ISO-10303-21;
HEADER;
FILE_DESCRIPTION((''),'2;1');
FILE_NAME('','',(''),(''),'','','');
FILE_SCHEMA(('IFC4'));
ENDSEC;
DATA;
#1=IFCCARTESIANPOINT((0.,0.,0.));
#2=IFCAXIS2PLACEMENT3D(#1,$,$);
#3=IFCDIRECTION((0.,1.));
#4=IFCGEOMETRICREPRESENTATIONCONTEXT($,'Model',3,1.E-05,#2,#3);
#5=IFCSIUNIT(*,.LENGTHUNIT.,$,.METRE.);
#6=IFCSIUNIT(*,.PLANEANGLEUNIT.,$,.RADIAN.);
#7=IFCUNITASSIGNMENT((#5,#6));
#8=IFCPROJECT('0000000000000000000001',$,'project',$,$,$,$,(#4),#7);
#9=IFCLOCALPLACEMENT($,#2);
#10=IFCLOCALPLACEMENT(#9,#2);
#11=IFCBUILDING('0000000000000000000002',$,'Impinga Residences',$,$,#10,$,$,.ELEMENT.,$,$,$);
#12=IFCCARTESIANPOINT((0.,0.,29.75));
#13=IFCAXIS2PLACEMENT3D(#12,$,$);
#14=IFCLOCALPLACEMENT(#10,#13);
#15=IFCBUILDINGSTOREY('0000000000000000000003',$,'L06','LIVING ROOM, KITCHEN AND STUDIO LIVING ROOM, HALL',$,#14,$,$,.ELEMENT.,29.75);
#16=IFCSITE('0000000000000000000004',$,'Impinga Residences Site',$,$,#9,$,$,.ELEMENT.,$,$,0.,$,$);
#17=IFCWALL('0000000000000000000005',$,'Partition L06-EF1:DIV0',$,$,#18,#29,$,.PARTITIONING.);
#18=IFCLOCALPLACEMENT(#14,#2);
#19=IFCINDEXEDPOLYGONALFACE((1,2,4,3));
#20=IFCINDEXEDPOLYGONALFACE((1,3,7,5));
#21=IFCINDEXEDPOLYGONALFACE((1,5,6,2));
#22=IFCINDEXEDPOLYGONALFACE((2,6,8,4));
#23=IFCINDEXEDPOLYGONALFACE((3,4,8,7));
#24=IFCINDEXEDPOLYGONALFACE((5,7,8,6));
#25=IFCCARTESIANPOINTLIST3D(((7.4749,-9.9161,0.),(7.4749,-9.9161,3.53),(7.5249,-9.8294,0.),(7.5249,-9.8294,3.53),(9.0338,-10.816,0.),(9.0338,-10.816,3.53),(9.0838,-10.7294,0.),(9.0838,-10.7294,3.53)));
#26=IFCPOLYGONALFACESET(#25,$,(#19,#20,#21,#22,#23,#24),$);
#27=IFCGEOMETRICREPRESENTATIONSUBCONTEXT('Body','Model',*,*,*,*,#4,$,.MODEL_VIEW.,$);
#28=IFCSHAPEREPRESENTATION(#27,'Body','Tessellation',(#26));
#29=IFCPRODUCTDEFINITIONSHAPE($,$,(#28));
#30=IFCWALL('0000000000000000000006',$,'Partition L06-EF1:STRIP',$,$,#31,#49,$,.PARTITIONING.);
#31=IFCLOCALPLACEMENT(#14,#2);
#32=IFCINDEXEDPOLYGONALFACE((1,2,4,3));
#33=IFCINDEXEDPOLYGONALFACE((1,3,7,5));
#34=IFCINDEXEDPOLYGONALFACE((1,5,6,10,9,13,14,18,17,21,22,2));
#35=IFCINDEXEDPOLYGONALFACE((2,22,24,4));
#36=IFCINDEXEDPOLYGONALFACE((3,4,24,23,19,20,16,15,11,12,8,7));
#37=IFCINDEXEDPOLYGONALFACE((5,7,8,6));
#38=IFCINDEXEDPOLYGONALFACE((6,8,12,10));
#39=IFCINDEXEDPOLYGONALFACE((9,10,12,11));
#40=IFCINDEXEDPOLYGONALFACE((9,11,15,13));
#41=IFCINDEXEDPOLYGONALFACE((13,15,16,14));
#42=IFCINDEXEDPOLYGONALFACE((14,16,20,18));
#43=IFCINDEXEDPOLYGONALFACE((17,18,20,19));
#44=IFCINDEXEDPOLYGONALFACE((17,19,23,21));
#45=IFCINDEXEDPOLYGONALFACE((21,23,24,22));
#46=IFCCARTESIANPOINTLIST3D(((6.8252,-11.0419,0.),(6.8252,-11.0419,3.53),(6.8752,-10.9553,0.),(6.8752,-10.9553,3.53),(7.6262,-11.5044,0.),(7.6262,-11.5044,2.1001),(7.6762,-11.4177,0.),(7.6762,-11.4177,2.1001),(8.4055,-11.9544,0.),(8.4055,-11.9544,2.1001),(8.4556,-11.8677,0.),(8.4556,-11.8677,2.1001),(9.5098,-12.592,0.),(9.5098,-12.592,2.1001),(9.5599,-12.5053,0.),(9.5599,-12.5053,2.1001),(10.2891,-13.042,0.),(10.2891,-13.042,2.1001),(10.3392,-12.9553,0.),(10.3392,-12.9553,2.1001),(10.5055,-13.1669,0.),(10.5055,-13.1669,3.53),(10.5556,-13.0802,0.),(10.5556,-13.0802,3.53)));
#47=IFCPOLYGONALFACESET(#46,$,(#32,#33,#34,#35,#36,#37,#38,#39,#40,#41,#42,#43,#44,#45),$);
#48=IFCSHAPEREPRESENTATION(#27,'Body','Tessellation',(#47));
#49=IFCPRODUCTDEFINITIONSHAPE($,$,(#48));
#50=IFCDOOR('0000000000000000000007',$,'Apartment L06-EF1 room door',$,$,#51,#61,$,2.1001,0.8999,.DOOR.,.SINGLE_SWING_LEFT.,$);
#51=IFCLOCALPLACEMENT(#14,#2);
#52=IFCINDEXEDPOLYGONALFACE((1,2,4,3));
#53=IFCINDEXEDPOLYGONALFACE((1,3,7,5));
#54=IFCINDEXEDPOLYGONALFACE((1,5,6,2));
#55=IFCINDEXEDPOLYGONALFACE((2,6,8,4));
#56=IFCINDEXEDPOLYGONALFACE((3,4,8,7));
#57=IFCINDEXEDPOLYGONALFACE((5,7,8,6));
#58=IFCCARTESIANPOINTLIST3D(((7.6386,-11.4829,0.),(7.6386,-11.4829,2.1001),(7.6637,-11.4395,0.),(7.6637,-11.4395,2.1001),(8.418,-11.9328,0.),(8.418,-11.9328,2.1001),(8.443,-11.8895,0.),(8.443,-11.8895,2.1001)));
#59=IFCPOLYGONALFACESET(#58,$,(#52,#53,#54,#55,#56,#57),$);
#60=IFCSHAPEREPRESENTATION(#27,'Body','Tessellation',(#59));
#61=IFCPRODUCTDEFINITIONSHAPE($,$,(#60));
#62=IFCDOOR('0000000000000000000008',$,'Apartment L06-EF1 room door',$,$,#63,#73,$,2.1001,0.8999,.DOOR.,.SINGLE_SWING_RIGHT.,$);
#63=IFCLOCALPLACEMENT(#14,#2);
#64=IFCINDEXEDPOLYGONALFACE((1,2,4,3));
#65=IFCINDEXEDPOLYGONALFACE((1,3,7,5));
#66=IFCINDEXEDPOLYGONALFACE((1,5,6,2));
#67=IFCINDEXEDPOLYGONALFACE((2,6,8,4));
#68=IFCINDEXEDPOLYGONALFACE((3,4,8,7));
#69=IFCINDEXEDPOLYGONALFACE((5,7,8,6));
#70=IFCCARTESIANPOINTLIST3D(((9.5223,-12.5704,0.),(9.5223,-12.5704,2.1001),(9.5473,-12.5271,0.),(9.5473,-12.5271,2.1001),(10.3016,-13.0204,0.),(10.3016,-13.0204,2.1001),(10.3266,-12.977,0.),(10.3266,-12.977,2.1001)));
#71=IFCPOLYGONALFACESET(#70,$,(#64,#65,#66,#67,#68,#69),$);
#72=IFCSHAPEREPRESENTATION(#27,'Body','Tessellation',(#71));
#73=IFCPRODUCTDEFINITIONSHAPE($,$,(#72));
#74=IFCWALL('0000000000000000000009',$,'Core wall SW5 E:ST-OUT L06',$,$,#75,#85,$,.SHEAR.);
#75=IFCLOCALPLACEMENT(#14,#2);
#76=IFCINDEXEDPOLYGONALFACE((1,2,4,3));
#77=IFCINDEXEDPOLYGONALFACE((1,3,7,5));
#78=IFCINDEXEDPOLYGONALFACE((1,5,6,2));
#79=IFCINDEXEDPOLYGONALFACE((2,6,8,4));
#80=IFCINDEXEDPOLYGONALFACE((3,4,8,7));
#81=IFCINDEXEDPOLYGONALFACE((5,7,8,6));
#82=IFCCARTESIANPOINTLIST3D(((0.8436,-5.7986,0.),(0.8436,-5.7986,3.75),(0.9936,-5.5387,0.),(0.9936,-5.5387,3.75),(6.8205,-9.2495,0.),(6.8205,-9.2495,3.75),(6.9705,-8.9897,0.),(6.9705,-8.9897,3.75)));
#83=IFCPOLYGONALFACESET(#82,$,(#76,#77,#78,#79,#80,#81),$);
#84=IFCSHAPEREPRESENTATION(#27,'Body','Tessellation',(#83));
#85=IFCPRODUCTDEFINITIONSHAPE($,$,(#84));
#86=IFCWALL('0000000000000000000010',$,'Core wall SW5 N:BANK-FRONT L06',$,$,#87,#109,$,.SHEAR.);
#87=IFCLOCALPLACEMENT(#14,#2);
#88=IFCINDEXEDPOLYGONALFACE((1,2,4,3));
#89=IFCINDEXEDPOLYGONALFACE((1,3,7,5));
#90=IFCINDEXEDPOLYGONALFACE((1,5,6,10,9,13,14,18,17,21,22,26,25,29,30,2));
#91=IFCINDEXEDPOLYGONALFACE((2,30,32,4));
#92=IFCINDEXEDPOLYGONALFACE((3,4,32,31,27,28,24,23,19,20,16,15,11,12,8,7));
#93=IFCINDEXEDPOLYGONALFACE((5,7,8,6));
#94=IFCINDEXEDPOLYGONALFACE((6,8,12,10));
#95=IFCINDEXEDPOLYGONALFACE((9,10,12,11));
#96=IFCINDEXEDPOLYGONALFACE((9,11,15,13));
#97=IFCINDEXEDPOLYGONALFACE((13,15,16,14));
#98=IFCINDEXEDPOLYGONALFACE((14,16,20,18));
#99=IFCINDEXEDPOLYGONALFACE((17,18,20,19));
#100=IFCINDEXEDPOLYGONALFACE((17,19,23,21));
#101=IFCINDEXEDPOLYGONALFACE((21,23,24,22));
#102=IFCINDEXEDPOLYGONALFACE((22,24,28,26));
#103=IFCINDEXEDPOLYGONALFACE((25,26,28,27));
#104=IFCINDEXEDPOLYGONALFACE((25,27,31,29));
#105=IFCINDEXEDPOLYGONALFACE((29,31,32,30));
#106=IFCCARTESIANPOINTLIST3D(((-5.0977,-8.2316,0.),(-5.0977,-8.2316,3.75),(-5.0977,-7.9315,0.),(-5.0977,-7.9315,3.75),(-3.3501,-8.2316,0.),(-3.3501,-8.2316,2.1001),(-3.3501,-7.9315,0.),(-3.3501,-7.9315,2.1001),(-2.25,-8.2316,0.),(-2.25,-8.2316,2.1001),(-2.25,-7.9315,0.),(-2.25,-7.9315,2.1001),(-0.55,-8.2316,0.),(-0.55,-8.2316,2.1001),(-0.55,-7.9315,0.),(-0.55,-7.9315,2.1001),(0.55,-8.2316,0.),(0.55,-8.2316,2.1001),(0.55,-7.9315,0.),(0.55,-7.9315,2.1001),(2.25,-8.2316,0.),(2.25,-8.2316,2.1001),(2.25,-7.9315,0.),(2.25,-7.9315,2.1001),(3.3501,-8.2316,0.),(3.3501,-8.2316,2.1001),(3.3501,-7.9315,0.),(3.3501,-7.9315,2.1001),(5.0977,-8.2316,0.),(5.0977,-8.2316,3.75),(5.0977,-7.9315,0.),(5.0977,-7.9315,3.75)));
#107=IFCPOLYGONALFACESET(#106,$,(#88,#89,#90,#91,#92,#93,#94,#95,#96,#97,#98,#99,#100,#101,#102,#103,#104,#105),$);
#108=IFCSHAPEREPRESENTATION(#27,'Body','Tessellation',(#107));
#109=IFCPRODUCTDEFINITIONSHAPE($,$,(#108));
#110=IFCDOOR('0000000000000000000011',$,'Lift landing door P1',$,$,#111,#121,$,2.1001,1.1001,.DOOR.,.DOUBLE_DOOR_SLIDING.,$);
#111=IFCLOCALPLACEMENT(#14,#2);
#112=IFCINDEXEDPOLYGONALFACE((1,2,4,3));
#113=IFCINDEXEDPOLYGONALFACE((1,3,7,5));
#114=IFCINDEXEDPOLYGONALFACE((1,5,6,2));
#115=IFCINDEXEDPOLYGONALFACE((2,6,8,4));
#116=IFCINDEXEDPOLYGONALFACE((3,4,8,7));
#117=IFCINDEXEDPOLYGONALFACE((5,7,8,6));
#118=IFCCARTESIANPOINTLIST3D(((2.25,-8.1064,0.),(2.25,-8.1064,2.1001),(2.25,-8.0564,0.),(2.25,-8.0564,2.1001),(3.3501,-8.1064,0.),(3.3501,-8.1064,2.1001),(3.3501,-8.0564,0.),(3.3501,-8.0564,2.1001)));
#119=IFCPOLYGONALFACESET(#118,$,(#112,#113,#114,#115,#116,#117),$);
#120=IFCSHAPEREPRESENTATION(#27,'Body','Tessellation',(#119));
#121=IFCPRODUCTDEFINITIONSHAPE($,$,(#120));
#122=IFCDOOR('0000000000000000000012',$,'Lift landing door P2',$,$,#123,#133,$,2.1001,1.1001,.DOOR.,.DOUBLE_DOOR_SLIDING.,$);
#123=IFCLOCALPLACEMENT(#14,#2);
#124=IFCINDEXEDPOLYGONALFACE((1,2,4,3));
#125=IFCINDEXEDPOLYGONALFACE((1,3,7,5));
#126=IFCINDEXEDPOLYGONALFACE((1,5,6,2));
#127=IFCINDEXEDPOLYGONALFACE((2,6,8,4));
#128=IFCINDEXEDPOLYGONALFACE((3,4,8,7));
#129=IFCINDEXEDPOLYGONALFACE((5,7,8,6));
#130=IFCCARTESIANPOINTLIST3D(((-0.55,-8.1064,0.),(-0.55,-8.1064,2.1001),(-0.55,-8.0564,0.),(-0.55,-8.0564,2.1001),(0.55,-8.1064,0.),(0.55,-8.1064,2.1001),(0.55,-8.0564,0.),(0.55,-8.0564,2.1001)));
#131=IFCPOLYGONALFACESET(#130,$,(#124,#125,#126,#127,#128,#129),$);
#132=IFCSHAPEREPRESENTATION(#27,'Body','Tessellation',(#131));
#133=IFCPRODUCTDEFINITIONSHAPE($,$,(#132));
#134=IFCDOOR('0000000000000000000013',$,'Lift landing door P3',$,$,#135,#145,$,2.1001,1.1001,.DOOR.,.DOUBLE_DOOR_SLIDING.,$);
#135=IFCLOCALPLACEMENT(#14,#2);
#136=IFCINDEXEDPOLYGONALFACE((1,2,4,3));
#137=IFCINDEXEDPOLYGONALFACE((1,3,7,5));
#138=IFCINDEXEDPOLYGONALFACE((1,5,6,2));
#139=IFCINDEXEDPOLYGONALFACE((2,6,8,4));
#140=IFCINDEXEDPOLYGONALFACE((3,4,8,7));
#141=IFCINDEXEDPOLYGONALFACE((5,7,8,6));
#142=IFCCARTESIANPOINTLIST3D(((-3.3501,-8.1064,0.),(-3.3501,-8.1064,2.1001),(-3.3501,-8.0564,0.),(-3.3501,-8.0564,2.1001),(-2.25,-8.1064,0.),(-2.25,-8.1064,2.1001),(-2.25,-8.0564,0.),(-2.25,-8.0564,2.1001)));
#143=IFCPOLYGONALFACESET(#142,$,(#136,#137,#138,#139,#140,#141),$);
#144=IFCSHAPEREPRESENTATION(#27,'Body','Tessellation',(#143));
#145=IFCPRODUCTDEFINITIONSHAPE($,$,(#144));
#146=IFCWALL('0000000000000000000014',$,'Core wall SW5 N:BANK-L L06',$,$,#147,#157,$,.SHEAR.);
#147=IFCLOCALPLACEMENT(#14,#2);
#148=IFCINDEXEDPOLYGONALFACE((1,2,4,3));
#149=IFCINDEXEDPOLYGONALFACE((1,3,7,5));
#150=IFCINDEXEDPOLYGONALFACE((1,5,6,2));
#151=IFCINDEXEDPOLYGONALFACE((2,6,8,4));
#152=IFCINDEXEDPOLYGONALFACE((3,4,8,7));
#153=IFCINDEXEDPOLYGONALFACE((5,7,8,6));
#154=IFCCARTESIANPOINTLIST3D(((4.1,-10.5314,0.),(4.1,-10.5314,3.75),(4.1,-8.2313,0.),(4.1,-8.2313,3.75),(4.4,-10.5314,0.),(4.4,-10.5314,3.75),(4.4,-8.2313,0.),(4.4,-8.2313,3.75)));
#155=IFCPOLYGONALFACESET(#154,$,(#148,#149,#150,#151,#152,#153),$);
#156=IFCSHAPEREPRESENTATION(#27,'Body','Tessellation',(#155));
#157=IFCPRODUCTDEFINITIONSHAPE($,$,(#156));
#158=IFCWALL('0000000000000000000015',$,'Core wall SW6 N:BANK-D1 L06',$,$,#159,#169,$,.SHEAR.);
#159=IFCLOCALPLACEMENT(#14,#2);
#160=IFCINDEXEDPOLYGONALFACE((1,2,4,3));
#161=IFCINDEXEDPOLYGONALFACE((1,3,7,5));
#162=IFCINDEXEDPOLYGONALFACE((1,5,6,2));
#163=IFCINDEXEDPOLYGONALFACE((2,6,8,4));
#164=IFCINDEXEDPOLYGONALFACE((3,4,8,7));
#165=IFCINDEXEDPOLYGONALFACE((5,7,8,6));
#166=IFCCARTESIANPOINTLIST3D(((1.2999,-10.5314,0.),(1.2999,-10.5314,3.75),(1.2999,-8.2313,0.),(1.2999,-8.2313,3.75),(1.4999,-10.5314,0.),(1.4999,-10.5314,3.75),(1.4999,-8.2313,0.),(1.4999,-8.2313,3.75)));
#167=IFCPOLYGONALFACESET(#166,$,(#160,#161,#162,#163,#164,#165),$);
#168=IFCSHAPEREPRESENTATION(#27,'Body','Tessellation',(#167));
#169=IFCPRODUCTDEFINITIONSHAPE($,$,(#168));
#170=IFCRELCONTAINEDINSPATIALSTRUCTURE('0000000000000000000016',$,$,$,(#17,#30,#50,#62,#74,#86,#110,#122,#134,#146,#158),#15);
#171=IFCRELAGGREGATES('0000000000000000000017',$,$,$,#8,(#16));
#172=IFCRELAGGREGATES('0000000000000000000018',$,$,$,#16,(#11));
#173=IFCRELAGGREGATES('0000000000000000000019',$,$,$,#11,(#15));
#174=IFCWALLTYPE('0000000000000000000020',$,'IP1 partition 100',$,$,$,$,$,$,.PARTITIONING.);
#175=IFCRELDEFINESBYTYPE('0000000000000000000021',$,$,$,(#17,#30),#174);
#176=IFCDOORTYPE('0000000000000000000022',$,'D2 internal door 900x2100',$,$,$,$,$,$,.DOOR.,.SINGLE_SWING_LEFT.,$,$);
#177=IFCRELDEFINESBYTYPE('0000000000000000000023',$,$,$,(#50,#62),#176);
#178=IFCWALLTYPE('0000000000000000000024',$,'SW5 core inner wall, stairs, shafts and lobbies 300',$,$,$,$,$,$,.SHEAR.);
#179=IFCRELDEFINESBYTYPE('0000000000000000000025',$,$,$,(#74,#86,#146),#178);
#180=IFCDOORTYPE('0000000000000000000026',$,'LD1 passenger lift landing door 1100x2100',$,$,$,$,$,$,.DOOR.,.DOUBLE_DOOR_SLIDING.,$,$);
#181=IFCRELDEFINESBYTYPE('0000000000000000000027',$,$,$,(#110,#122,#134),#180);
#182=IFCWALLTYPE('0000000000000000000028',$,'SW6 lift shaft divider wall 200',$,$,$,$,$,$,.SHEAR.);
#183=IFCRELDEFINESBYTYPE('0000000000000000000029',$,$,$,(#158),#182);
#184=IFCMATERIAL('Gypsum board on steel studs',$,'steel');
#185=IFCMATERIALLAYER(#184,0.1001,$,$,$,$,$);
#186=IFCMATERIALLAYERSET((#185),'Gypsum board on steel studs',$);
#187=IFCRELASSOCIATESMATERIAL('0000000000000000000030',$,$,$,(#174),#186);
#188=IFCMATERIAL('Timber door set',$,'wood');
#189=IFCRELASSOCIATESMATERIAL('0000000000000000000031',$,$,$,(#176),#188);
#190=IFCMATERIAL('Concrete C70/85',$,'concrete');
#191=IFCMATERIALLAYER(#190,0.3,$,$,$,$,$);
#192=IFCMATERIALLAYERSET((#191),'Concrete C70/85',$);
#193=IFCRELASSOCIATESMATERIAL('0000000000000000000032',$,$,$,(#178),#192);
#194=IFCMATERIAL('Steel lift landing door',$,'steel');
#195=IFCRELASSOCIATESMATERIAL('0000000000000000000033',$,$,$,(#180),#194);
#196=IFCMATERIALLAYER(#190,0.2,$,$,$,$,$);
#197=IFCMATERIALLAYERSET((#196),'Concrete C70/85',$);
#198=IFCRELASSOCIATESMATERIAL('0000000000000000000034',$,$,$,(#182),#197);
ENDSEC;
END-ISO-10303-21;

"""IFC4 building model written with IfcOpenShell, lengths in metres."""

from ifc_helpers import new_model, si_unit, direction, frame, frame_2d, origin, place, context, subcontext, project, spatial, rectangle, extrude, material, layer, layer_set, type_object, element, fill, save


model = new_model("IFC4")

# Units and contexts
model_context = context("Model", 3, precision=1e-05, world=origin(), true_north=direction((0.0, 1.0)))
body_context = subcontext(model_context, "Body", "Model", "MODEL_VIEW")
ifc_project = project(units=[si_unit("LENGTHUNIT", "METRE"), si_unit("PLANEANGLEUNIT", "RADIAN")], contexts=[model_context])

# Site, building, storey
site_placement = place(None, origin())
site = spatial("IfcSite", under=ifc_project, at=site_placement, Name="Impinga Residences Site", CompositionType="ELEMENT", RefElevation=0.0)
building_placement = place(site_placement, origin())
building = spatial("IfcBuilding", under=site, at=building_placement, Name="Impinga Residences", CompositionType="ELEMENT")
storey_placement = place(building_placement, frame((0.0, 0.0, 29.75)))
storey = spatial("IfcBuildingStorey", under=building, at=storey_placement, Name="L06", Description="LIVING ROOM, KITCHEN AND STUDIO LIVING ROOM, HALL", CompositionType="ELEMENT", Elevation=29.75)

# Shared definitions
ifc_material_1 = material(Name="Concrete C70/85", Category="concrete")

# Shared definitions
ifc_material_2 = material(Name="Timber door set", Category="wood")

# Wall
ifc_material_3 = material(Name="Gypsum board on steel studs", Category="steel")
ifc_layer_1 = layer(ifc_material_3, 0.1001)
ifc_layer_set_1 = layer_set([ifc_layer_1], Name="Gypsum board on steel studs")
wall_type_1 = type_object("IfcWallType", Name="IP1 partition 100", PredefinedType="PARTITIONING", material=ifc_layer_set_1)
wall_1_placement = place(storey_placement, frame((7.5, -9.8728, 0.0), z_axis=(0.0, 0.0, 1.0), x_axis=(0.866048, -0.499961, 0.0)))
element("IfcWall", 1, at=wall_1_placement, inside=storey, type_object=wall_type_1, Name="Partition L06-EF1:DIV0", PredefinedType="PARTITIONING", context=body_context, shape_type="SweptSolid", body=[
    extrude(rectangle(XDim=1.8, YDim=0.1001, at=frame_2d((0.8999, 0.0))), origin(), (0.0, 0.0, 1.0), 3.53),
])

# Wall, openings, doors
wall_2_placement = place(storey_placement, frame((6.8501, -10.9985, 0.0), z_axis=(0.0, 0.0, 1.0), x_axis=(0.866014, -0.500019, 0.0)))
wall_2 = element("IfcWall", 2, at=wall_2_placement, inside=storey, type_object=wall_type_1, Name="Partition L06-EF1:STRIP", PredefinedType="PARTITIONING", context=body_context, shape_type="SweptSolid", body=[
    extrude(rectangle(XDim=4.2498, YDim=0.1001, at=frame_2d((2.125, 0.0))), origin(), (0.0, 0.0, 1.0), 3.53),
])
opening_1_placement = place(wall_2_placement, frame((0.925, 0.0, 0.0)))
opening_1 = element("IfcOpeningElement", 3, at=opening_1_placement, cuts=wall_2, PredefinedType="OPENING", context=body_context, shape_type="SweptSolid", body=[
    extrude(rectangle(XDim=0.8999, YDim=2.1001, at=frame_2d((0.45, 1.05))), frame((0.0, 0.0601, 0.0), z_axis=(0.0, -1.0, 0.0), x_axis=(1.0, 0.0, 0.0)), (0.0, 0.0, 1.0), 0.1201),
])
opening_2_placement = place(wall_2_placement, frame((3.1001, 0.0, 0.0)))
opening_2 = element("IfcOpeningElement", 4, at=opening_2_placement, cuts=wall_2, PredefinedType="OPENING", context=body_context, shape_type="SweptSolid", body=[
    extrude(rectangle(XDim=0.8999, YDim=2.1001, at=frame_2d((0.45, 1.05))), frame((0.0, 0.0601, 0.0), z_axis=(0.0, -1.0, 0.0), x_axis=(1.0, 0.0, 0.0)), (0.0, 0.0, 1.0), 0.1201),
])
door_type_1 = type_object("IfcDoorType", Name="D2 internal door 900x2100", OperationType="SINGLE_SWING_LEFT", PredefinedType="DOOR", material=ifc_material_2)
door_1_placement = place(opening_1_placement, origin())
door_1 = element("IfcDoor", 5, at=door_1_placement, inside=storey, type_object=door_type_1, Name="Apartment L06-EF1 room door", OperationType="SINGLE_SWING_LEFT", OverallHeight=2.1001, OverallWidth=0.8999, PredefinedType="DOOR", context=body_context, shape_type="SweptSolid", body=[
    extrude(rectangle(XDim=0.8999, YDim=2.1001, at=frame_2d((0.45, 1.05))), frame((0.0, 0.0249, 0.0), z_axis=(0.0, -1.0, 0.0), x_axis=(1.0, 0.0, 0.0)), (0.0, 0.0, 1.0), 0.05),
])
fill(opening_1, door_1)
door_2_placement = place(opening_2_placement, origin())
door_2 = element("IfcDoor", 6, at=door_2_placement, inside=storey, type_object=door_type_1, Name="Apartment L06-EF1 room door", OperationType="SINGLE_SWING_RIGHT", OverallHeight=2.1001, OverallWidth=0.8999, PredefinedType="DOOR", context=body_context, shape_type="SweptSolid", body=[
    extrude(rectangle(XDim=0.8999, YDim=2.1001, at=frame_2d((0.45, 1.05))), frame((0.0, 0.0249, 0.0), z_axis=(0.0, -1.0, 0.0), x_axis=(1.0, 0.0, 0.0)), (0.0, 0.0, 1.0), 0.05),
])
fill(opening_2, door_2)

# Wall
ifc_layer_2 = layer(ifc_material_1, 0.3)
ifc_layer_set_2 = layer_set([ifc_layer_2], Name="Concrete C70/85")
wall_type_2 = type_object("IfcWallType", Name="SW5 core inner wall, stairs, shafts and lobbies 300", PredefinedType="SHEAR", material=ifc_layer_set_2)
wall_3_placement = place(storey_placement, frame((0.9187, -5.6687, 0.0), z_axis=(0.0, 0.0, 1.0), x_axis=(0.866012, -0.500024, 0.0)))
element("IfcWall", 7, at=wall_3_placement, inside=storey, type_object=wall_type_2, Name="Core wall SW5 E:ST-OUT L06", PredefinedType="SHEAR", context=body_context, shape_type="SweptSolid", body=[
    extrude(rectangle(XDim=6.9016, YDim=0.3, at=frame_2d((3.4507, 0.0))), origin(), (0.0, 0.0, 1.0), 3.75),
])

# Wall, openings, doors
wall_4_placement = place(storey_placement, frame((5.0977, -8.0815, 0.0), z_axis=(0.0, 0.0, 1.0), x_axis=(-1.0, 0.0, 0.0)))
wall_4 = element("IfcWall", 8, at=wall_4_placement, inside=storey, type_object=wall_type_2, Name="Core wall SW5 N:BANK-FRONT L06", PredefinedType="SHEAR", context=body_context, shape_type="SweptSolid", body=[
    extrude(rectangle(XDim=10.1953, YDim=0.3, at=frame_2d((5.0977, 0.0))), origin(), (0.0, 0.0, 1.0), 3.75),
])
opening_3_placement = place(wall_4_placement, frame((1.7476, 0.0, 0.0)))
opening_3 = element("IfcOpeningElement", 9, at=opening_3_placement, cuts=wall_4, PredefinedType="OPENING", context=body_context, shape_type="SweptSolid", body=[
    extrude(rectangle(XDim=1.1001, YDim=2.1001, at=frame_2d((0.55, 1.05))), frame((0.0, 0.1599, 0.0), z_axis=(0.0, -1.0, 0.0), x_axis=(1.0, 0.0, 0.0)), (0.0, 0.0, 1.0), 0.3201),
])
opening_4_placement = place(wall_4_placement, frame((4.5476, 0.0, 0.0)))
opening_4 = element("IfcOpeningElement", 10, at=opening_4_placement, cuts=wall_4, PredefinedType="OPENING", context=body_context, shape_type="SweptSolid", body=[
    extrude(rectangle(XDim=1.1001, YDim=2.1001, at=frame_2d((0.55, 1.05))), frame((0.0, 0.1599, 0.0), z_axis=(0.0, -1.0, 0.0), x_axis=(1.0, 0.0, 0.0)), (0.0, 0.0, 1.0), 0.3201),
])
opening_5_placement = place(wall_4_placement, frame((7.3477, 0.0, 0.0)))
opening_5 = element("IfcOpeningElement", 11, at=opening_5_placement, cuts=wall_4, PredefinedType="OPENING", context=body_context, shape_type="SweptSolid", body=[
    extrude(rectangle(XDim=1.1001, YDim=2.1001, at=frame_2d((0.55, 1.05))), frame((0.0, 0.1599, 0.0), z_axis=(0.0, -1.0, 0.0), x_axis=(1.0, 0.0, 0.0)), (0.0, 0.0, 1.0), 0.3201),
])
ifc_material_4 = material(Name="Steel lift landing door", Category="steel")
door_type_2 = type_object("IfcDoorType", Name="LD1 passenger lift landing door 1100x2100", OperationType="DOUBLE_DOOR_SLIDING", PredefinedType="DOOR", material=ifc_material_4)
door_3_placement = place(opening_3_placement, origin())
door_3 = element("IfcDoor", 12, at=door_3_placement, inside=storey, type_object=door_type_2, Name="Lift landing door P1", OperationType="DOUBLE_DOOR_SLIDING", OverallHeight=2.1001, OverallWidth=1.1001, PredefinedType="DOOR", context=body_context, shape_type="SweptSolid", body=[
    extrude(rectangle(XDim=1.1001, YDim=2.1001, at=frame_2d((0.55, 1.05))), frame((0.0, 0.0249, 0.0), z_axis=(0.0, -1.0, 0.0), x_axis=(1.0, 0.0, 0.0)), (0.0, 0.0, 1.0), 0.05),
])
fill(opening_3, door_3)
door_4_placement = place(opening_4_placement, origin())
door_4 = element("IfcDoor", 13, at=door_4_placement, inside=storey, type_object=door_type_2, Name="Lift landing door P2", OperationType="DOUBLE_DOOR_SLIDING", OverallHeight=2.1001, OverallWidth=1.1001, PredefinedType="DOOR", context=body_context, shape_type="SweptSolid", body=[
    extrude(rectangle(XDim=1.1001, YDim=2.1001, at=frame_2d((0.55, 1.05))), frame((0.0, 0.0249, 0.0), z_axis=(0.0, -1.0, 0.0), x_axis=(1.0, 0.0, 0.0)), (0.0, 0.0, 1.0), 0.05),
])
fill(opening_4, door_4)
door_5_placement = place(opening_5_placement, origin())
door_5 = element("IfcDoor", 14, at=door_5_placement, inside=storey, type_object=door_type_2, Name="Lift landing door P3", OperationType="DOUBLE_DOOR_SLIDING", OverallHeight=2.1001, OverallWidth=1.1001, PredefinedType="DOOR", context=body_context, shape_type="SweptSolid", body=[
    extrude(rectangle(XDim=1.1001, YDim=2.1001, at=frame_2d((0.55, 1.05))), frame((0.0, 0.0249, 0.0), z_axis=(0.0, -1.0, 0.0), x_axis=(1.0, 0.0, 0.0)), (0.0, 0.0, 1.0), 0.05),
])
fill(opening_5, door_5)

# Walls
wall_5_placement = place(storey_placement, frame((4.25, -8.2314, 0.0), z_axis=(0.0, 0.0, 1.0), x_axis=(0.0, -1.0, 0.0)))
element("IfcWall", 15, at=wall_5_placement, inside=storey, type_object=wall_type_2, Name="Core wall SW5 N:BANK-L L06", PredefinedType="SHEAR", context=body_context, shape_type="SweptSolid", body=[
    extrude(rectangle(XDim=2.3, YDim=0.3, at=frame_2d((1.1499, 0.0))), origin(), (0.0, 0.0, 1.0), 3.75),
])
ifc_layer_3 = layer(ifc_material_1, 0.2)
ifc_layer_set_3 = layer_set([ifc_layer_3], Name="Concrete C70/85")
wall_type_3 = type_object("IfcWallType", Name="SW6 lift shaft divider wall 200", PredefinedType="SHEAR", material=ifc_layer_set_3)
wall_6_placement = place(storey_placement, frame((1.3999, -8.2314, 0.0), z_axis=(0.0, 0.0, 1.0), x_axis=(0.0, -1.0, 0.0)))
element("IfcWall", 16, at=wall_6_placement, inside=storey, type_object=wall_type_3, Name="Core wall SW6 N:BANK-D1 L06", PredefinedType="SHEAR", context=body_context, shape_type="SweptSolid", body=[
    extrude(rectangle(XDim=2.3, YDim=0.2, at=frame_2d((1.1499, 0.0))), origin(), (0.0, 0.0, 1.0), 3.75),
])

save(model, "model.ifc")
